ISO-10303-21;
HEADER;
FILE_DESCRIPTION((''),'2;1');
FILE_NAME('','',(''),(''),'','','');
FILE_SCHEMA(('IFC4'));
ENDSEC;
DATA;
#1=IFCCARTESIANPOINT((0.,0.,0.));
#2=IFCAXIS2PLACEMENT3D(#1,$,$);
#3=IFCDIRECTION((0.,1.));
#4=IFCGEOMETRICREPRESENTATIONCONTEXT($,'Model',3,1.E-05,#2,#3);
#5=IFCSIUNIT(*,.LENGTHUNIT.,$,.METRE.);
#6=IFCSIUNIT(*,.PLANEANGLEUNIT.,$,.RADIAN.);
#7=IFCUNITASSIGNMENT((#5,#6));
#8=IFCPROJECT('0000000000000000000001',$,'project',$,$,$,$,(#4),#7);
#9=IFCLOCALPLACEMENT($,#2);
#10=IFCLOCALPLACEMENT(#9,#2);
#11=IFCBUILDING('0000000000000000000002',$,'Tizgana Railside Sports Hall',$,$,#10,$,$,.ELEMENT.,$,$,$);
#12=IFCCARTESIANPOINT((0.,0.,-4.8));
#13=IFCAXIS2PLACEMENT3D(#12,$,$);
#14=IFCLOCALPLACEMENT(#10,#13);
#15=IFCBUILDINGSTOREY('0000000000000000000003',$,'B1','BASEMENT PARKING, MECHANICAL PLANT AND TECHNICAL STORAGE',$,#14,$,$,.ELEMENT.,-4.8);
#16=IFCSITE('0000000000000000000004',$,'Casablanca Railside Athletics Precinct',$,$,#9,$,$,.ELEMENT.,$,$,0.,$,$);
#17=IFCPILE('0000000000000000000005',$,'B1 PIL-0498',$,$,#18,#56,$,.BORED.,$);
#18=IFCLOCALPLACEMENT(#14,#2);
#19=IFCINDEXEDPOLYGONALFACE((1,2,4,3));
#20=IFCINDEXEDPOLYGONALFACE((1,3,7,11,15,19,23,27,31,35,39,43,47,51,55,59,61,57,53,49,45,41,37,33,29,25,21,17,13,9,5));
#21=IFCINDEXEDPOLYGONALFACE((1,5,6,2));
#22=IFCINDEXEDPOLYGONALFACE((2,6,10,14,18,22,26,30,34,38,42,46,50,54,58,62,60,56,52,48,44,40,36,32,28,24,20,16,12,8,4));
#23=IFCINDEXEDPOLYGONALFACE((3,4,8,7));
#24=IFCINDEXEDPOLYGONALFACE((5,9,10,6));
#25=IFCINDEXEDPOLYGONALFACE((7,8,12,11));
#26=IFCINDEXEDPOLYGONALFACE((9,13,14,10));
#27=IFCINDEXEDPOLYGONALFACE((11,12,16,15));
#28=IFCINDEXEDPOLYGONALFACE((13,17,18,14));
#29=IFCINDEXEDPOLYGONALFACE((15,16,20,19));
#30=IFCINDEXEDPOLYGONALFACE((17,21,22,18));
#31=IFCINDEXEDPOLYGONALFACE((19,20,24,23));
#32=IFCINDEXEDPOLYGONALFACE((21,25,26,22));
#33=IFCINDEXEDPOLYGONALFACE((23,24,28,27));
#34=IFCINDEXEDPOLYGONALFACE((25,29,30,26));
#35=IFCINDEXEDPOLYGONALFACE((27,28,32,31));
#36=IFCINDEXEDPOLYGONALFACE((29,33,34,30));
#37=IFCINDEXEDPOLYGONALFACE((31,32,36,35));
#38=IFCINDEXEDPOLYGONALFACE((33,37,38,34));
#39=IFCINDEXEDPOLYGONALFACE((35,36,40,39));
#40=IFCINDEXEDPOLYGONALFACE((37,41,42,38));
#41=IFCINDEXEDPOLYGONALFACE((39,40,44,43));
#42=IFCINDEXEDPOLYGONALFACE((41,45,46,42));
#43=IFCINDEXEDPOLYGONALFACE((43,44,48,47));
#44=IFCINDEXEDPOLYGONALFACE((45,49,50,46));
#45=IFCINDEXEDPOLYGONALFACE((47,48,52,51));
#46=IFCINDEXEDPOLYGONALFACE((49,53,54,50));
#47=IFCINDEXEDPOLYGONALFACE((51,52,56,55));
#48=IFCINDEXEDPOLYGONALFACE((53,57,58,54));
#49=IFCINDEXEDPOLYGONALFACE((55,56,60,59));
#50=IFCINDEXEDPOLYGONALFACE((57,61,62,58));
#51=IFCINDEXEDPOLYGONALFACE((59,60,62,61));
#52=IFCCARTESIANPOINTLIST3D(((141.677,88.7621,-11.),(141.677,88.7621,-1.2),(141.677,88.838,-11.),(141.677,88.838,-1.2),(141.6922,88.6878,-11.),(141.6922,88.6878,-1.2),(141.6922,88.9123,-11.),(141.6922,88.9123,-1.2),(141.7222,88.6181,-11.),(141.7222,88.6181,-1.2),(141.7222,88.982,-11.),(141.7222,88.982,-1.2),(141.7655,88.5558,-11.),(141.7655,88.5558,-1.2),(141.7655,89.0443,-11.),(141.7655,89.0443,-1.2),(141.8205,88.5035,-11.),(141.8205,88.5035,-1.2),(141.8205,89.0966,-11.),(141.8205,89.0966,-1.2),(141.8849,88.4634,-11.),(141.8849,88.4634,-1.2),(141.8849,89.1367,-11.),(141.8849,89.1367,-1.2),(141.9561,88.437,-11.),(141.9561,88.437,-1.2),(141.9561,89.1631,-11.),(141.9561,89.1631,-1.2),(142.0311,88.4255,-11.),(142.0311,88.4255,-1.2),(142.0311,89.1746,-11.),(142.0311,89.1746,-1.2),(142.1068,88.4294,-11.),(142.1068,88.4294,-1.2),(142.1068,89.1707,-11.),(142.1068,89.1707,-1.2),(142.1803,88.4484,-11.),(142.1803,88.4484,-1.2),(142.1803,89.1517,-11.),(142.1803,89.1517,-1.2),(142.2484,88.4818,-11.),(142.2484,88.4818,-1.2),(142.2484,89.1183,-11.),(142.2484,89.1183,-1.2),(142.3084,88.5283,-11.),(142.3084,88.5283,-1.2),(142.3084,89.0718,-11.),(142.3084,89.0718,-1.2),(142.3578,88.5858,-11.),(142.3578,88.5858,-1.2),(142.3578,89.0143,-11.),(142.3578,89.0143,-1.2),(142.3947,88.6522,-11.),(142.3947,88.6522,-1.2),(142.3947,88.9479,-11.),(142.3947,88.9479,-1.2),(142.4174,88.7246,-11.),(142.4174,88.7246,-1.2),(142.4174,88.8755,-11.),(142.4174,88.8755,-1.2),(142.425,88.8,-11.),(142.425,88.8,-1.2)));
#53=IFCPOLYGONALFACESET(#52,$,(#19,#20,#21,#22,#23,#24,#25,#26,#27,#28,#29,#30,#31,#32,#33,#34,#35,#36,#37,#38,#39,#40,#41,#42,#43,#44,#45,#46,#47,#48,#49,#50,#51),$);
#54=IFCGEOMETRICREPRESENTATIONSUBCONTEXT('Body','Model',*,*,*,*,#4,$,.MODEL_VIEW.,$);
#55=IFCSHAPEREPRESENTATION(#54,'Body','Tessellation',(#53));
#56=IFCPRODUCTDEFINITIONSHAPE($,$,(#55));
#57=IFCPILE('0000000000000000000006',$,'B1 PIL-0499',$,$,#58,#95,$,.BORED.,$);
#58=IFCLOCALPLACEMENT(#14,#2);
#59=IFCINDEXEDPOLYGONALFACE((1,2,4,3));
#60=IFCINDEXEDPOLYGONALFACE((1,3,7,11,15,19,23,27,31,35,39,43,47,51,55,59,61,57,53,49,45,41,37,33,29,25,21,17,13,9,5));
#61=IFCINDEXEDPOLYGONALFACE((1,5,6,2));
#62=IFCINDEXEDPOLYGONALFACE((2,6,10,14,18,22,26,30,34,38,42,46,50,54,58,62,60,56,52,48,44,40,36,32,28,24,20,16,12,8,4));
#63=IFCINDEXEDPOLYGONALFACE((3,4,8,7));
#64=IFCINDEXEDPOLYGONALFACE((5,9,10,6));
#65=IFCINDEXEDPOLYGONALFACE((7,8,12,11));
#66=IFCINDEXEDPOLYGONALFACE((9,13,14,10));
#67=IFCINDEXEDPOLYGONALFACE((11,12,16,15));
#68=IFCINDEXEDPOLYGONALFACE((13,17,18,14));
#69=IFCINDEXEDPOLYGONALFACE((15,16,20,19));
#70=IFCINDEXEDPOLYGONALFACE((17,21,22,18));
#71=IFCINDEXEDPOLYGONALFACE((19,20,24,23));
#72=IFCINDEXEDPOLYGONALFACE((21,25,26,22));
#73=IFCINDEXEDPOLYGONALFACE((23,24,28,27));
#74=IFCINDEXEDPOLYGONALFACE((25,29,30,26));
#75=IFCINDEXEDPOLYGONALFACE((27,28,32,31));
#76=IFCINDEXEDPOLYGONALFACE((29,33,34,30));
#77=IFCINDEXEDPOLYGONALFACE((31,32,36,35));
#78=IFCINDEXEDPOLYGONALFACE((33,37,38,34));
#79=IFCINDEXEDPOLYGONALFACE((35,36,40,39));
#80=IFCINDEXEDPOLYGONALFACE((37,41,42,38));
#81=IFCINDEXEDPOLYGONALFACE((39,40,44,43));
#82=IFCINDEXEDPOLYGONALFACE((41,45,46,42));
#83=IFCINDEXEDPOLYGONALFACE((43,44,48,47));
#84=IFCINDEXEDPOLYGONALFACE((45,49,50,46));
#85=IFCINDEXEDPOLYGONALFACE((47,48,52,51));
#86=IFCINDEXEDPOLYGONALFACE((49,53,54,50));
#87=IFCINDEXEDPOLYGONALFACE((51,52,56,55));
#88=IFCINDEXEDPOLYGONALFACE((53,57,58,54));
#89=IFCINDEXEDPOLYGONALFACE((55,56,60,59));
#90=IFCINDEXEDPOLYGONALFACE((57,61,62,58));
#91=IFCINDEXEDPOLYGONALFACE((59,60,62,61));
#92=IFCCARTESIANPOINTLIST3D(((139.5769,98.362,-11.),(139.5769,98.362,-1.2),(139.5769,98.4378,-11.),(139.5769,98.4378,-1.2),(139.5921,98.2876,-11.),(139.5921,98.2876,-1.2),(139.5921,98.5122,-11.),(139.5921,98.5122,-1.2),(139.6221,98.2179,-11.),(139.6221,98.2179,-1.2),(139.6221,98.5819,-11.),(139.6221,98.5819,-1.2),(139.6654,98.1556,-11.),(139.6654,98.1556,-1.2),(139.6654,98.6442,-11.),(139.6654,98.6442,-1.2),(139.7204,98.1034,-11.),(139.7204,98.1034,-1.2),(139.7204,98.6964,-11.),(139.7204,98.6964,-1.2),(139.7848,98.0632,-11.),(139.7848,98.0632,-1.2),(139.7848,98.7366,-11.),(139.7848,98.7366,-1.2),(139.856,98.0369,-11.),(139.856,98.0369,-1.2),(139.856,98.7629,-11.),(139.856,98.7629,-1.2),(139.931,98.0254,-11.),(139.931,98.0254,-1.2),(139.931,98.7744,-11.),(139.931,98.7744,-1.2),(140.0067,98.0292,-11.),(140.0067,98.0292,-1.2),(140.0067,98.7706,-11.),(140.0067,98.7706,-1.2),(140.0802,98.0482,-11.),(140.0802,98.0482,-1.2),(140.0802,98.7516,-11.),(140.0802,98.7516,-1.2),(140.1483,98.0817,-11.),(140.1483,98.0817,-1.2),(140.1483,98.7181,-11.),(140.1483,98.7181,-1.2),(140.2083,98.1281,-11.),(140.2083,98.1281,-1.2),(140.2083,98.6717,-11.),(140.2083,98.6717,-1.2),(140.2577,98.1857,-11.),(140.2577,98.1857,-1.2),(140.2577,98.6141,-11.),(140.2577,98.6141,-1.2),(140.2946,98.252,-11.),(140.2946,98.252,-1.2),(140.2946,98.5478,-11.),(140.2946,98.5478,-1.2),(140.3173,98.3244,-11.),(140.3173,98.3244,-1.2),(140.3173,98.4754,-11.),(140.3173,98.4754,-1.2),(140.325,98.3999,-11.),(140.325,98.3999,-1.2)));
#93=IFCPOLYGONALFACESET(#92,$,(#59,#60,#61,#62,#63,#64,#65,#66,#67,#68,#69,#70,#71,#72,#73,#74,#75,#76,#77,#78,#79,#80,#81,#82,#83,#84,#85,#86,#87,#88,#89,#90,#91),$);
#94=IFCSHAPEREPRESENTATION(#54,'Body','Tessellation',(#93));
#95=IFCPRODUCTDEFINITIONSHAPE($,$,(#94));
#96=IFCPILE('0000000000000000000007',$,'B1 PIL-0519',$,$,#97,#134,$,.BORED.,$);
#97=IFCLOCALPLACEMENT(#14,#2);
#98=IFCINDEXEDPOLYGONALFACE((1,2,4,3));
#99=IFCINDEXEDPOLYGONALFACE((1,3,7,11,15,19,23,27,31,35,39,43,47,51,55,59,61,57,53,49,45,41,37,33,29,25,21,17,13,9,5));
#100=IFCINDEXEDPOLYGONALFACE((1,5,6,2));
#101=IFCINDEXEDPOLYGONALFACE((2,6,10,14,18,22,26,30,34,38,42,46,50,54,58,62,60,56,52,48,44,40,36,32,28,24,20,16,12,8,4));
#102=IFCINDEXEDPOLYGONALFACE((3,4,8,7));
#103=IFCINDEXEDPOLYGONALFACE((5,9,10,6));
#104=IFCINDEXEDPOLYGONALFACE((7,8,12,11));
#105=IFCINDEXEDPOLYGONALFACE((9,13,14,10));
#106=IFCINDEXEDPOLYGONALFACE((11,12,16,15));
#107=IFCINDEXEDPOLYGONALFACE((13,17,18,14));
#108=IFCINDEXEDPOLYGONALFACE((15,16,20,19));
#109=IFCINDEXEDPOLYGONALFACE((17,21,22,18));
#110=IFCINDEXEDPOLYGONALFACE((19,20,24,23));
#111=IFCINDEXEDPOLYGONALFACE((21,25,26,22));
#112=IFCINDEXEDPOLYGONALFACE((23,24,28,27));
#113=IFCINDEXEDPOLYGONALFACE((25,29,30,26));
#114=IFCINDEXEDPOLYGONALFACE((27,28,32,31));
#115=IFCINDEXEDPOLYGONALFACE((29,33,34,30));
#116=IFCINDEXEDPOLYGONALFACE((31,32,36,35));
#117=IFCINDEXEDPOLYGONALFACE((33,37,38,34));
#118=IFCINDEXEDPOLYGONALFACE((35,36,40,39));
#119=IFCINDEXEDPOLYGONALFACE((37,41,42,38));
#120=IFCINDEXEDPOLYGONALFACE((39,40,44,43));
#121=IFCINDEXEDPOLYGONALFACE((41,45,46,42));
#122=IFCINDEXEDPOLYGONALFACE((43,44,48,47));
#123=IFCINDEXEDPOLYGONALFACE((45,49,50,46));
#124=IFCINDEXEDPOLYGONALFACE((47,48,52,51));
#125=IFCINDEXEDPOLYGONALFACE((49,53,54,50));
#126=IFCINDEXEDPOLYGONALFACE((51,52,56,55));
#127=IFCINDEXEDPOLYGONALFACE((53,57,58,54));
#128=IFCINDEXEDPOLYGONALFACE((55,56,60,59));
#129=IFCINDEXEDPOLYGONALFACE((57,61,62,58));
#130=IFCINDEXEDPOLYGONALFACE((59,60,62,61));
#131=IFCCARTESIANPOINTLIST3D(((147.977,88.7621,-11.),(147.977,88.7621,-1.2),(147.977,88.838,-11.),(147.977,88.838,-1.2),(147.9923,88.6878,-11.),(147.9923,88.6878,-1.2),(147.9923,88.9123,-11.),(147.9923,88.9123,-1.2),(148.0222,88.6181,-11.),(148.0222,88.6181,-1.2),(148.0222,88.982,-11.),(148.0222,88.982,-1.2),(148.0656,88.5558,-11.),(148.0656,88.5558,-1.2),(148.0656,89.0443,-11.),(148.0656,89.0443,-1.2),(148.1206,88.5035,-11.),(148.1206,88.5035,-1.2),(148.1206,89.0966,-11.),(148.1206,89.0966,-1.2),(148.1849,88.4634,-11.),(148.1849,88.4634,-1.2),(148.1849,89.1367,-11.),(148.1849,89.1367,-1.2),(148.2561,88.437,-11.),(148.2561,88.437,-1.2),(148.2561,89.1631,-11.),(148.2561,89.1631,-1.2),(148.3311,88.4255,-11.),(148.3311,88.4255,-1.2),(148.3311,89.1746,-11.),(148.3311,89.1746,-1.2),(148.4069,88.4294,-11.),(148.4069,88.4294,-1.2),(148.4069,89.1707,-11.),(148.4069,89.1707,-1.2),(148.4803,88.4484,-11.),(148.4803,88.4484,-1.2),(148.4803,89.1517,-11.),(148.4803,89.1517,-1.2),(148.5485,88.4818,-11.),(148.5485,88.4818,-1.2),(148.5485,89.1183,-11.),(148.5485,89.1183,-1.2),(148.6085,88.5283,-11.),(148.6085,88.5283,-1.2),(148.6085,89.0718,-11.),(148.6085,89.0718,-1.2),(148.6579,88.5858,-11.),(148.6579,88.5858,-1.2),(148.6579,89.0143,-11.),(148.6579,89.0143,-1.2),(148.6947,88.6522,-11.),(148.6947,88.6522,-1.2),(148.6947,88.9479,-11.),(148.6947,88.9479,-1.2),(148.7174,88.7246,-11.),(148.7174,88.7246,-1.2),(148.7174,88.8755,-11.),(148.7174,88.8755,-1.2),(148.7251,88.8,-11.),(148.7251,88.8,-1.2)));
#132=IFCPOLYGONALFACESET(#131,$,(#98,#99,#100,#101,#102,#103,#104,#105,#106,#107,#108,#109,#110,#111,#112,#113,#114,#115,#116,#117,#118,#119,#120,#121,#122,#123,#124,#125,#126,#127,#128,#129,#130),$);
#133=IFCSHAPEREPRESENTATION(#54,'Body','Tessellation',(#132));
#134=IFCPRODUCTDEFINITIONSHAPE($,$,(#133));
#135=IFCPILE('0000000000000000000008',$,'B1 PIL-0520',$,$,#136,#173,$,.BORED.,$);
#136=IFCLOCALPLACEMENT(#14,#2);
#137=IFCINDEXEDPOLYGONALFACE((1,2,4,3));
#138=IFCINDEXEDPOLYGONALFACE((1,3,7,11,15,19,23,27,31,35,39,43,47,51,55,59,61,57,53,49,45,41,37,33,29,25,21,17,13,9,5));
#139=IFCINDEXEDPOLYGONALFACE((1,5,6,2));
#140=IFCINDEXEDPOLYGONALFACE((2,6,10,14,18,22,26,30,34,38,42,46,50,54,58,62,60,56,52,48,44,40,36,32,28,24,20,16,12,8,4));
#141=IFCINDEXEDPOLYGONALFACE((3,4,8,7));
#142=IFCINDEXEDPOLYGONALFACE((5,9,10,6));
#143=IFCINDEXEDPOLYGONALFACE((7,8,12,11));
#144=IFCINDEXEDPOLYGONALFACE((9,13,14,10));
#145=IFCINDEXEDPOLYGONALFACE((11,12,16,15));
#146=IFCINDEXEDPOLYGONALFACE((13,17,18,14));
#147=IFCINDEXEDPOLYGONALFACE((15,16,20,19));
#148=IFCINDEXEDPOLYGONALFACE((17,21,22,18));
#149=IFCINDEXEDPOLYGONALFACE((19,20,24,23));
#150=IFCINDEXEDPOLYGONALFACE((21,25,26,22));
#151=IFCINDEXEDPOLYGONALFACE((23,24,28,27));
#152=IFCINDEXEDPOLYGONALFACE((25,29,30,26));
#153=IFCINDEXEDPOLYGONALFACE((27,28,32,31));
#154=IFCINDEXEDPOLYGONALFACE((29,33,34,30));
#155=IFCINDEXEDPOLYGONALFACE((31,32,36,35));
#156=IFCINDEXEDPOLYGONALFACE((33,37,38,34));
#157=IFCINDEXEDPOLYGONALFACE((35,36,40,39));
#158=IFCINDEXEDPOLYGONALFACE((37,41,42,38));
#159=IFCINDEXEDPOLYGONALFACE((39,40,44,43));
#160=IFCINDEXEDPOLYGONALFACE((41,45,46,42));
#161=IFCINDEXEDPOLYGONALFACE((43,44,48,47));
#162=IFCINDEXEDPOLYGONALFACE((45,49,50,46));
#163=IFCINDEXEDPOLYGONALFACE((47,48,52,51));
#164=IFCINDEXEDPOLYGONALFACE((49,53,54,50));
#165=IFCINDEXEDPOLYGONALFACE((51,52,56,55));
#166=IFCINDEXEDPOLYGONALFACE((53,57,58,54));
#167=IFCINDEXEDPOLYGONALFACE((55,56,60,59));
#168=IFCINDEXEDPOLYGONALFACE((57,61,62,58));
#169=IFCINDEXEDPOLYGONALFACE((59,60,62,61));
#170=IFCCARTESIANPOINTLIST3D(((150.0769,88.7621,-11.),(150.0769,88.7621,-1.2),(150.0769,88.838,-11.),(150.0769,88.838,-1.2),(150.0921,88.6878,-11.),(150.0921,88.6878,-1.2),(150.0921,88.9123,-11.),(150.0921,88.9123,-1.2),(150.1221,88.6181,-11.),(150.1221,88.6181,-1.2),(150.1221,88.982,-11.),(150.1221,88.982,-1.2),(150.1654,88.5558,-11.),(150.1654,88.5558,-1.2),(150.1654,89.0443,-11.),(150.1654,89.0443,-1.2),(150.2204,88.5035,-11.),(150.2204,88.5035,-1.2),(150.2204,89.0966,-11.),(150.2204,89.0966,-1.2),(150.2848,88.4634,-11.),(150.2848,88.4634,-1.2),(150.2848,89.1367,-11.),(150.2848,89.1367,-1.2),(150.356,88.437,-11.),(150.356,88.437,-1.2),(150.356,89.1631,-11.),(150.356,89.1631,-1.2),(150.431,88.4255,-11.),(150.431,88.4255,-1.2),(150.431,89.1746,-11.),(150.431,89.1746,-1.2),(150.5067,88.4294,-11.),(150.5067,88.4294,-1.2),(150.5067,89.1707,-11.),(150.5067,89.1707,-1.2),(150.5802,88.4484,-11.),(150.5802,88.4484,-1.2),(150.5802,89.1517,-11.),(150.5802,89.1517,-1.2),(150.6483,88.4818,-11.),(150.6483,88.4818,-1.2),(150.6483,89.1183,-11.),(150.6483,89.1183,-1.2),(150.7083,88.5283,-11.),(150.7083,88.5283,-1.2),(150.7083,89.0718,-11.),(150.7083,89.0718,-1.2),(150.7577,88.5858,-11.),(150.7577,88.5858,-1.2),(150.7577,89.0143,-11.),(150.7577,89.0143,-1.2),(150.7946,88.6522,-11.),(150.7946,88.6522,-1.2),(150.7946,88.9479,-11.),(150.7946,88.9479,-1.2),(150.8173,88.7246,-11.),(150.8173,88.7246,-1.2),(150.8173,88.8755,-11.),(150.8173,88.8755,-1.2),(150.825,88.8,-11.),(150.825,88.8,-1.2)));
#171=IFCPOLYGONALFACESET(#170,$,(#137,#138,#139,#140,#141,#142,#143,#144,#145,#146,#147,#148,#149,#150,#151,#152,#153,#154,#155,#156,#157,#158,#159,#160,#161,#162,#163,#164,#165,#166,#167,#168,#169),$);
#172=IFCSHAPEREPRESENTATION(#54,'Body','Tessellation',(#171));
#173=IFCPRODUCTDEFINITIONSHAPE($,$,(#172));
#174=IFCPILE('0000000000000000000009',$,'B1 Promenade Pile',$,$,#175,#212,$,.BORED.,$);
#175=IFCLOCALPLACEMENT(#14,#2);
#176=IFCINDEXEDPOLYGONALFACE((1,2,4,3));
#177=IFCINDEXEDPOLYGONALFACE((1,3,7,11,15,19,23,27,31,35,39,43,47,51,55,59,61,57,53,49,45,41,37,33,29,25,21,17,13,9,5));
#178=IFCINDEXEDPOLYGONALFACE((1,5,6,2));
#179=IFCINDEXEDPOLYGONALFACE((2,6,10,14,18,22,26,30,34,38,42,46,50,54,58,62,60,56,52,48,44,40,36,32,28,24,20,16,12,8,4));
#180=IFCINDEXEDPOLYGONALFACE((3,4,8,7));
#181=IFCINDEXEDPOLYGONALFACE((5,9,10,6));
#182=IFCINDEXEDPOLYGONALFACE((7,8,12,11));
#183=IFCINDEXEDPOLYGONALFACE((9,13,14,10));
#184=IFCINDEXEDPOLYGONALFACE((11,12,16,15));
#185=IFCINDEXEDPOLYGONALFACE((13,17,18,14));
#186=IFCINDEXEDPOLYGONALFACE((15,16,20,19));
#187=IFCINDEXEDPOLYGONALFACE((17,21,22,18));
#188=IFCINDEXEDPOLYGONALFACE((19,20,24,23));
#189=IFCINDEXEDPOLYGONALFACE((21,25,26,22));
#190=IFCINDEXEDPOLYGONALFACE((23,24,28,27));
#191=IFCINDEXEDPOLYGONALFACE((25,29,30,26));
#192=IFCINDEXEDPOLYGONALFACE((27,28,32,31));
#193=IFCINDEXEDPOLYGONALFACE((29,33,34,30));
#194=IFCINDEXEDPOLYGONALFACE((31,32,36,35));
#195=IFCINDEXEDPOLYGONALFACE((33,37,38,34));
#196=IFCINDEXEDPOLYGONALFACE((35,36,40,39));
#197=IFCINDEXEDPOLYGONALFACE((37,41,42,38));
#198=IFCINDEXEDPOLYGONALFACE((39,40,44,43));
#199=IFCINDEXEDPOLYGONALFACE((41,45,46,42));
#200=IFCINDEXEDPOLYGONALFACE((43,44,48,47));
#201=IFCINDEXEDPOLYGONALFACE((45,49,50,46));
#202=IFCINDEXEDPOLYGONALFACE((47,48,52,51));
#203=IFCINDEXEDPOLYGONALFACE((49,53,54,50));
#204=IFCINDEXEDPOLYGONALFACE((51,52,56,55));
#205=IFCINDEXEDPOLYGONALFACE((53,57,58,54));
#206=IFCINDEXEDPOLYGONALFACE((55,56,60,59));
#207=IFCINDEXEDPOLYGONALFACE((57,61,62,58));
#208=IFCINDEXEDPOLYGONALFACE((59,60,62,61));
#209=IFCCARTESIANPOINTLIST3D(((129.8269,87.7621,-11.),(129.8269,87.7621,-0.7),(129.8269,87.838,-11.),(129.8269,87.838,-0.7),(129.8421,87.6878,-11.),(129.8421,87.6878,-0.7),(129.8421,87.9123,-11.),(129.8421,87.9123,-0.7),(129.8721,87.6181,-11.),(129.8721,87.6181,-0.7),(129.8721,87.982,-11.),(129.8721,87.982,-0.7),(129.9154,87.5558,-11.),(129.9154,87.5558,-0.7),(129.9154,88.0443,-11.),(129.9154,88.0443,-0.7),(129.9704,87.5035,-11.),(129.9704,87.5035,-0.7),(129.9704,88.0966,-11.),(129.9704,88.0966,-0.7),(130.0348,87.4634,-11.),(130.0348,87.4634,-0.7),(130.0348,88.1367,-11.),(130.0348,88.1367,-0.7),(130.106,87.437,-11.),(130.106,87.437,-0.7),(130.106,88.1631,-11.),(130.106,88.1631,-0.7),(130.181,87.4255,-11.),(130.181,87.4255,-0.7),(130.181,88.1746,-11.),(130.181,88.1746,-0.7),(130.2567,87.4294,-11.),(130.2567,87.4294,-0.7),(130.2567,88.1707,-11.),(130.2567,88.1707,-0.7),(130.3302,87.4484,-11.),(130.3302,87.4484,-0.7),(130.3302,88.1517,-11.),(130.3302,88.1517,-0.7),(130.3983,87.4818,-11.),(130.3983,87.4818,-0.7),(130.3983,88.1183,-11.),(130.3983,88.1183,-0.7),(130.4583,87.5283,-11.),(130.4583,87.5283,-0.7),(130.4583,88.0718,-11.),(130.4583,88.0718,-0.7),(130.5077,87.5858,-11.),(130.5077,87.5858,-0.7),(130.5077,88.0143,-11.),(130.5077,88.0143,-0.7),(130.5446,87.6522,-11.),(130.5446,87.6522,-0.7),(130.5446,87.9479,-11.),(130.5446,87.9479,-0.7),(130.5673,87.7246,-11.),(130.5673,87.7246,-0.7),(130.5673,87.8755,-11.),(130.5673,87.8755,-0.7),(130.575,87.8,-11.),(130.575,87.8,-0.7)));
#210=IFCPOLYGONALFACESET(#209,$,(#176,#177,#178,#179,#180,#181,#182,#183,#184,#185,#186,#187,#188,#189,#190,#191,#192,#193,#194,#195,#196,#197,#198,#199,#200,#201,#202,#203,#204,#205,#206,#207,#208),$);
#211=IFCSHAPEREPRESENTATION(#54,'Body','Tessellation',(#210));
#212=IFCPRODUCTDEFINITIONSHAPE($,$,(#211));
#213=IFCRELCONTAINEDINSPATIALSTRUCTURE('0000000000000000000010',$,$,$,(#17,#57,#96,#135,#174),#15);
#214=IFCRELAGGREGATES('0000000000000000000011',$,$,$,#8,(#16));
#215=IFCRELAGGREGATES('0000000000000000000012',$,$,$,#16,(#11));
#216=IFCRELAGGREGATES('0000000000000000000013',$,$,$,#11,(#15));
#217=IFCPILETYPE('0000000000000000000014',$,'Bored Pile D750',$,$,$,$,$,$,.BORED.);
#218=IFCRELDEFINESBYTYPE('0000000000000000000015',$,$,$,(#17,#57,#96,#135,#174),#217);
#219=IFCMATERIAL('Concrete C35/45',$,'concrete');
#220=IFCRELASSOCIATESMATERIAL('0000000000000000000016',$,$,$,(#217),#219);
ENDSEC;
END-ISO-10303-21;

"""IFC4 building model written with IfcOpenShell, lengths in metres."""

from ifc_helpers import new_model, si_unit, direction, frame, origin, origin_2d, place, context, subcontext, project, spatial, circle, extrude, material, material_profile, profile_set, type_object, element, save


model = new_model("IFC4")

# Units and contexts
model_context = context("Model", 3, precision=1e-05, world=origin(), true_north=direction((0.0, 1.0)))
body_context = subcontext(model_context, "Body", "Model", "MODEL_VIEW")
ifc_project = project(units=[si_unit("LENGTHUNIT", "METRE"), si_unit("PLANEANGLEUNIT", "RADIAN")], contexts=[model_context])

# Site, building, storey
site_placement = place(None, origin())
site = spatial("IfcSite", under=ifc_project, at=site_placement, Name="Casablanca Railside Athletics Precinct", CompositionType="ELEMENT", RefElevation=0.0)
building_placement = place(site_placement, origin())
building = spatial("IfcBuilding", under=site, at=building_placement, Name="Tizgana Railside Sports Hall", CompositionType="ELEMENT")
storey_placement = place(building_placement, frame((0.0, 0.0, -4.8)))
storey = spatial("IfcBuildingStorey", under=building, at=storey_placement, Name="B1", Description="BASEMENT PARKING, MECHANICAL PLANT AND TECHNICAL STORAGE", CompositionType="ELEMENT", Elevation=-4.8)

# Piles
ifc_material_1 = material(Name="Concrete C35/45", Category="concrete")
ifc_material_profile_1 = material_profile(ifc_material_1, circle(Radius=0.375, at=origin_2d()), Name="PILE D750")
ifc_profile_set_1 = profile_set([ifc_material_profile_1], Name="Concrete C35/45")
pile_type = type_object("IfcPileType", Name="Bored Pile D750", PredefinedType="BORED", material=ifc_profile_set_1)
for number, where, z_axis, x_axis, name in (
    (1, (142.05, 88.8, -1.2), (0.0, 0.0, -1.0), (1.0, 0.0, 0.0), "B1 PIL-0498"),
    (2, (139.95, 98.3999, -1.2), (0.0, 0.0, -1.0), (1.0, 0.0, 0.0), "B1 PIL-0499"),
    (3, (148.3501, 88.8, -1.2), (0.0, 0.0, -1.0), (1.0, 0.0, 0.0), "B1 PIL-0519"),
    (4, (150.45, 88.8, -1.2), (0.0, 0.0, -1.0), (1.0, 0.0, 0.0), "B1 PIL-0520"),
):
    element("IfcPile", number, at=place(storey_placement, frame(where, z_axis=z_axis, x_axis=x_axis)), inside=storey, type_object=pile_type, Name=name, PredefinedType="BORED", context=body_context, shape_type="SweptSolid", body=[
        extrude(circle(Radius=0.375, at=origin_2d()), origin(), (0.0, 0.0, 1.0), 9.8),
    ])
pile_placement = place(storey_placement, frame((130.2, 87.8, -0.7), z_axis=(0.0, 0.0, -1.0), x_axis=(1.0, 0.0, 0.0)))
element("IfcPile", 5, at=pile_placement, inside=storey, type_object=pile_type, Name="B1 Promenade Pile", PredefinedType="BORED", context=body_context, shape_type="SweptSolid", body=[
    extrude(circle(Radius=0.375, at=origin_2d()), origin(), (0.0, 0.0, 1.0), 10.3),
])

save(model, "model.ifc")
